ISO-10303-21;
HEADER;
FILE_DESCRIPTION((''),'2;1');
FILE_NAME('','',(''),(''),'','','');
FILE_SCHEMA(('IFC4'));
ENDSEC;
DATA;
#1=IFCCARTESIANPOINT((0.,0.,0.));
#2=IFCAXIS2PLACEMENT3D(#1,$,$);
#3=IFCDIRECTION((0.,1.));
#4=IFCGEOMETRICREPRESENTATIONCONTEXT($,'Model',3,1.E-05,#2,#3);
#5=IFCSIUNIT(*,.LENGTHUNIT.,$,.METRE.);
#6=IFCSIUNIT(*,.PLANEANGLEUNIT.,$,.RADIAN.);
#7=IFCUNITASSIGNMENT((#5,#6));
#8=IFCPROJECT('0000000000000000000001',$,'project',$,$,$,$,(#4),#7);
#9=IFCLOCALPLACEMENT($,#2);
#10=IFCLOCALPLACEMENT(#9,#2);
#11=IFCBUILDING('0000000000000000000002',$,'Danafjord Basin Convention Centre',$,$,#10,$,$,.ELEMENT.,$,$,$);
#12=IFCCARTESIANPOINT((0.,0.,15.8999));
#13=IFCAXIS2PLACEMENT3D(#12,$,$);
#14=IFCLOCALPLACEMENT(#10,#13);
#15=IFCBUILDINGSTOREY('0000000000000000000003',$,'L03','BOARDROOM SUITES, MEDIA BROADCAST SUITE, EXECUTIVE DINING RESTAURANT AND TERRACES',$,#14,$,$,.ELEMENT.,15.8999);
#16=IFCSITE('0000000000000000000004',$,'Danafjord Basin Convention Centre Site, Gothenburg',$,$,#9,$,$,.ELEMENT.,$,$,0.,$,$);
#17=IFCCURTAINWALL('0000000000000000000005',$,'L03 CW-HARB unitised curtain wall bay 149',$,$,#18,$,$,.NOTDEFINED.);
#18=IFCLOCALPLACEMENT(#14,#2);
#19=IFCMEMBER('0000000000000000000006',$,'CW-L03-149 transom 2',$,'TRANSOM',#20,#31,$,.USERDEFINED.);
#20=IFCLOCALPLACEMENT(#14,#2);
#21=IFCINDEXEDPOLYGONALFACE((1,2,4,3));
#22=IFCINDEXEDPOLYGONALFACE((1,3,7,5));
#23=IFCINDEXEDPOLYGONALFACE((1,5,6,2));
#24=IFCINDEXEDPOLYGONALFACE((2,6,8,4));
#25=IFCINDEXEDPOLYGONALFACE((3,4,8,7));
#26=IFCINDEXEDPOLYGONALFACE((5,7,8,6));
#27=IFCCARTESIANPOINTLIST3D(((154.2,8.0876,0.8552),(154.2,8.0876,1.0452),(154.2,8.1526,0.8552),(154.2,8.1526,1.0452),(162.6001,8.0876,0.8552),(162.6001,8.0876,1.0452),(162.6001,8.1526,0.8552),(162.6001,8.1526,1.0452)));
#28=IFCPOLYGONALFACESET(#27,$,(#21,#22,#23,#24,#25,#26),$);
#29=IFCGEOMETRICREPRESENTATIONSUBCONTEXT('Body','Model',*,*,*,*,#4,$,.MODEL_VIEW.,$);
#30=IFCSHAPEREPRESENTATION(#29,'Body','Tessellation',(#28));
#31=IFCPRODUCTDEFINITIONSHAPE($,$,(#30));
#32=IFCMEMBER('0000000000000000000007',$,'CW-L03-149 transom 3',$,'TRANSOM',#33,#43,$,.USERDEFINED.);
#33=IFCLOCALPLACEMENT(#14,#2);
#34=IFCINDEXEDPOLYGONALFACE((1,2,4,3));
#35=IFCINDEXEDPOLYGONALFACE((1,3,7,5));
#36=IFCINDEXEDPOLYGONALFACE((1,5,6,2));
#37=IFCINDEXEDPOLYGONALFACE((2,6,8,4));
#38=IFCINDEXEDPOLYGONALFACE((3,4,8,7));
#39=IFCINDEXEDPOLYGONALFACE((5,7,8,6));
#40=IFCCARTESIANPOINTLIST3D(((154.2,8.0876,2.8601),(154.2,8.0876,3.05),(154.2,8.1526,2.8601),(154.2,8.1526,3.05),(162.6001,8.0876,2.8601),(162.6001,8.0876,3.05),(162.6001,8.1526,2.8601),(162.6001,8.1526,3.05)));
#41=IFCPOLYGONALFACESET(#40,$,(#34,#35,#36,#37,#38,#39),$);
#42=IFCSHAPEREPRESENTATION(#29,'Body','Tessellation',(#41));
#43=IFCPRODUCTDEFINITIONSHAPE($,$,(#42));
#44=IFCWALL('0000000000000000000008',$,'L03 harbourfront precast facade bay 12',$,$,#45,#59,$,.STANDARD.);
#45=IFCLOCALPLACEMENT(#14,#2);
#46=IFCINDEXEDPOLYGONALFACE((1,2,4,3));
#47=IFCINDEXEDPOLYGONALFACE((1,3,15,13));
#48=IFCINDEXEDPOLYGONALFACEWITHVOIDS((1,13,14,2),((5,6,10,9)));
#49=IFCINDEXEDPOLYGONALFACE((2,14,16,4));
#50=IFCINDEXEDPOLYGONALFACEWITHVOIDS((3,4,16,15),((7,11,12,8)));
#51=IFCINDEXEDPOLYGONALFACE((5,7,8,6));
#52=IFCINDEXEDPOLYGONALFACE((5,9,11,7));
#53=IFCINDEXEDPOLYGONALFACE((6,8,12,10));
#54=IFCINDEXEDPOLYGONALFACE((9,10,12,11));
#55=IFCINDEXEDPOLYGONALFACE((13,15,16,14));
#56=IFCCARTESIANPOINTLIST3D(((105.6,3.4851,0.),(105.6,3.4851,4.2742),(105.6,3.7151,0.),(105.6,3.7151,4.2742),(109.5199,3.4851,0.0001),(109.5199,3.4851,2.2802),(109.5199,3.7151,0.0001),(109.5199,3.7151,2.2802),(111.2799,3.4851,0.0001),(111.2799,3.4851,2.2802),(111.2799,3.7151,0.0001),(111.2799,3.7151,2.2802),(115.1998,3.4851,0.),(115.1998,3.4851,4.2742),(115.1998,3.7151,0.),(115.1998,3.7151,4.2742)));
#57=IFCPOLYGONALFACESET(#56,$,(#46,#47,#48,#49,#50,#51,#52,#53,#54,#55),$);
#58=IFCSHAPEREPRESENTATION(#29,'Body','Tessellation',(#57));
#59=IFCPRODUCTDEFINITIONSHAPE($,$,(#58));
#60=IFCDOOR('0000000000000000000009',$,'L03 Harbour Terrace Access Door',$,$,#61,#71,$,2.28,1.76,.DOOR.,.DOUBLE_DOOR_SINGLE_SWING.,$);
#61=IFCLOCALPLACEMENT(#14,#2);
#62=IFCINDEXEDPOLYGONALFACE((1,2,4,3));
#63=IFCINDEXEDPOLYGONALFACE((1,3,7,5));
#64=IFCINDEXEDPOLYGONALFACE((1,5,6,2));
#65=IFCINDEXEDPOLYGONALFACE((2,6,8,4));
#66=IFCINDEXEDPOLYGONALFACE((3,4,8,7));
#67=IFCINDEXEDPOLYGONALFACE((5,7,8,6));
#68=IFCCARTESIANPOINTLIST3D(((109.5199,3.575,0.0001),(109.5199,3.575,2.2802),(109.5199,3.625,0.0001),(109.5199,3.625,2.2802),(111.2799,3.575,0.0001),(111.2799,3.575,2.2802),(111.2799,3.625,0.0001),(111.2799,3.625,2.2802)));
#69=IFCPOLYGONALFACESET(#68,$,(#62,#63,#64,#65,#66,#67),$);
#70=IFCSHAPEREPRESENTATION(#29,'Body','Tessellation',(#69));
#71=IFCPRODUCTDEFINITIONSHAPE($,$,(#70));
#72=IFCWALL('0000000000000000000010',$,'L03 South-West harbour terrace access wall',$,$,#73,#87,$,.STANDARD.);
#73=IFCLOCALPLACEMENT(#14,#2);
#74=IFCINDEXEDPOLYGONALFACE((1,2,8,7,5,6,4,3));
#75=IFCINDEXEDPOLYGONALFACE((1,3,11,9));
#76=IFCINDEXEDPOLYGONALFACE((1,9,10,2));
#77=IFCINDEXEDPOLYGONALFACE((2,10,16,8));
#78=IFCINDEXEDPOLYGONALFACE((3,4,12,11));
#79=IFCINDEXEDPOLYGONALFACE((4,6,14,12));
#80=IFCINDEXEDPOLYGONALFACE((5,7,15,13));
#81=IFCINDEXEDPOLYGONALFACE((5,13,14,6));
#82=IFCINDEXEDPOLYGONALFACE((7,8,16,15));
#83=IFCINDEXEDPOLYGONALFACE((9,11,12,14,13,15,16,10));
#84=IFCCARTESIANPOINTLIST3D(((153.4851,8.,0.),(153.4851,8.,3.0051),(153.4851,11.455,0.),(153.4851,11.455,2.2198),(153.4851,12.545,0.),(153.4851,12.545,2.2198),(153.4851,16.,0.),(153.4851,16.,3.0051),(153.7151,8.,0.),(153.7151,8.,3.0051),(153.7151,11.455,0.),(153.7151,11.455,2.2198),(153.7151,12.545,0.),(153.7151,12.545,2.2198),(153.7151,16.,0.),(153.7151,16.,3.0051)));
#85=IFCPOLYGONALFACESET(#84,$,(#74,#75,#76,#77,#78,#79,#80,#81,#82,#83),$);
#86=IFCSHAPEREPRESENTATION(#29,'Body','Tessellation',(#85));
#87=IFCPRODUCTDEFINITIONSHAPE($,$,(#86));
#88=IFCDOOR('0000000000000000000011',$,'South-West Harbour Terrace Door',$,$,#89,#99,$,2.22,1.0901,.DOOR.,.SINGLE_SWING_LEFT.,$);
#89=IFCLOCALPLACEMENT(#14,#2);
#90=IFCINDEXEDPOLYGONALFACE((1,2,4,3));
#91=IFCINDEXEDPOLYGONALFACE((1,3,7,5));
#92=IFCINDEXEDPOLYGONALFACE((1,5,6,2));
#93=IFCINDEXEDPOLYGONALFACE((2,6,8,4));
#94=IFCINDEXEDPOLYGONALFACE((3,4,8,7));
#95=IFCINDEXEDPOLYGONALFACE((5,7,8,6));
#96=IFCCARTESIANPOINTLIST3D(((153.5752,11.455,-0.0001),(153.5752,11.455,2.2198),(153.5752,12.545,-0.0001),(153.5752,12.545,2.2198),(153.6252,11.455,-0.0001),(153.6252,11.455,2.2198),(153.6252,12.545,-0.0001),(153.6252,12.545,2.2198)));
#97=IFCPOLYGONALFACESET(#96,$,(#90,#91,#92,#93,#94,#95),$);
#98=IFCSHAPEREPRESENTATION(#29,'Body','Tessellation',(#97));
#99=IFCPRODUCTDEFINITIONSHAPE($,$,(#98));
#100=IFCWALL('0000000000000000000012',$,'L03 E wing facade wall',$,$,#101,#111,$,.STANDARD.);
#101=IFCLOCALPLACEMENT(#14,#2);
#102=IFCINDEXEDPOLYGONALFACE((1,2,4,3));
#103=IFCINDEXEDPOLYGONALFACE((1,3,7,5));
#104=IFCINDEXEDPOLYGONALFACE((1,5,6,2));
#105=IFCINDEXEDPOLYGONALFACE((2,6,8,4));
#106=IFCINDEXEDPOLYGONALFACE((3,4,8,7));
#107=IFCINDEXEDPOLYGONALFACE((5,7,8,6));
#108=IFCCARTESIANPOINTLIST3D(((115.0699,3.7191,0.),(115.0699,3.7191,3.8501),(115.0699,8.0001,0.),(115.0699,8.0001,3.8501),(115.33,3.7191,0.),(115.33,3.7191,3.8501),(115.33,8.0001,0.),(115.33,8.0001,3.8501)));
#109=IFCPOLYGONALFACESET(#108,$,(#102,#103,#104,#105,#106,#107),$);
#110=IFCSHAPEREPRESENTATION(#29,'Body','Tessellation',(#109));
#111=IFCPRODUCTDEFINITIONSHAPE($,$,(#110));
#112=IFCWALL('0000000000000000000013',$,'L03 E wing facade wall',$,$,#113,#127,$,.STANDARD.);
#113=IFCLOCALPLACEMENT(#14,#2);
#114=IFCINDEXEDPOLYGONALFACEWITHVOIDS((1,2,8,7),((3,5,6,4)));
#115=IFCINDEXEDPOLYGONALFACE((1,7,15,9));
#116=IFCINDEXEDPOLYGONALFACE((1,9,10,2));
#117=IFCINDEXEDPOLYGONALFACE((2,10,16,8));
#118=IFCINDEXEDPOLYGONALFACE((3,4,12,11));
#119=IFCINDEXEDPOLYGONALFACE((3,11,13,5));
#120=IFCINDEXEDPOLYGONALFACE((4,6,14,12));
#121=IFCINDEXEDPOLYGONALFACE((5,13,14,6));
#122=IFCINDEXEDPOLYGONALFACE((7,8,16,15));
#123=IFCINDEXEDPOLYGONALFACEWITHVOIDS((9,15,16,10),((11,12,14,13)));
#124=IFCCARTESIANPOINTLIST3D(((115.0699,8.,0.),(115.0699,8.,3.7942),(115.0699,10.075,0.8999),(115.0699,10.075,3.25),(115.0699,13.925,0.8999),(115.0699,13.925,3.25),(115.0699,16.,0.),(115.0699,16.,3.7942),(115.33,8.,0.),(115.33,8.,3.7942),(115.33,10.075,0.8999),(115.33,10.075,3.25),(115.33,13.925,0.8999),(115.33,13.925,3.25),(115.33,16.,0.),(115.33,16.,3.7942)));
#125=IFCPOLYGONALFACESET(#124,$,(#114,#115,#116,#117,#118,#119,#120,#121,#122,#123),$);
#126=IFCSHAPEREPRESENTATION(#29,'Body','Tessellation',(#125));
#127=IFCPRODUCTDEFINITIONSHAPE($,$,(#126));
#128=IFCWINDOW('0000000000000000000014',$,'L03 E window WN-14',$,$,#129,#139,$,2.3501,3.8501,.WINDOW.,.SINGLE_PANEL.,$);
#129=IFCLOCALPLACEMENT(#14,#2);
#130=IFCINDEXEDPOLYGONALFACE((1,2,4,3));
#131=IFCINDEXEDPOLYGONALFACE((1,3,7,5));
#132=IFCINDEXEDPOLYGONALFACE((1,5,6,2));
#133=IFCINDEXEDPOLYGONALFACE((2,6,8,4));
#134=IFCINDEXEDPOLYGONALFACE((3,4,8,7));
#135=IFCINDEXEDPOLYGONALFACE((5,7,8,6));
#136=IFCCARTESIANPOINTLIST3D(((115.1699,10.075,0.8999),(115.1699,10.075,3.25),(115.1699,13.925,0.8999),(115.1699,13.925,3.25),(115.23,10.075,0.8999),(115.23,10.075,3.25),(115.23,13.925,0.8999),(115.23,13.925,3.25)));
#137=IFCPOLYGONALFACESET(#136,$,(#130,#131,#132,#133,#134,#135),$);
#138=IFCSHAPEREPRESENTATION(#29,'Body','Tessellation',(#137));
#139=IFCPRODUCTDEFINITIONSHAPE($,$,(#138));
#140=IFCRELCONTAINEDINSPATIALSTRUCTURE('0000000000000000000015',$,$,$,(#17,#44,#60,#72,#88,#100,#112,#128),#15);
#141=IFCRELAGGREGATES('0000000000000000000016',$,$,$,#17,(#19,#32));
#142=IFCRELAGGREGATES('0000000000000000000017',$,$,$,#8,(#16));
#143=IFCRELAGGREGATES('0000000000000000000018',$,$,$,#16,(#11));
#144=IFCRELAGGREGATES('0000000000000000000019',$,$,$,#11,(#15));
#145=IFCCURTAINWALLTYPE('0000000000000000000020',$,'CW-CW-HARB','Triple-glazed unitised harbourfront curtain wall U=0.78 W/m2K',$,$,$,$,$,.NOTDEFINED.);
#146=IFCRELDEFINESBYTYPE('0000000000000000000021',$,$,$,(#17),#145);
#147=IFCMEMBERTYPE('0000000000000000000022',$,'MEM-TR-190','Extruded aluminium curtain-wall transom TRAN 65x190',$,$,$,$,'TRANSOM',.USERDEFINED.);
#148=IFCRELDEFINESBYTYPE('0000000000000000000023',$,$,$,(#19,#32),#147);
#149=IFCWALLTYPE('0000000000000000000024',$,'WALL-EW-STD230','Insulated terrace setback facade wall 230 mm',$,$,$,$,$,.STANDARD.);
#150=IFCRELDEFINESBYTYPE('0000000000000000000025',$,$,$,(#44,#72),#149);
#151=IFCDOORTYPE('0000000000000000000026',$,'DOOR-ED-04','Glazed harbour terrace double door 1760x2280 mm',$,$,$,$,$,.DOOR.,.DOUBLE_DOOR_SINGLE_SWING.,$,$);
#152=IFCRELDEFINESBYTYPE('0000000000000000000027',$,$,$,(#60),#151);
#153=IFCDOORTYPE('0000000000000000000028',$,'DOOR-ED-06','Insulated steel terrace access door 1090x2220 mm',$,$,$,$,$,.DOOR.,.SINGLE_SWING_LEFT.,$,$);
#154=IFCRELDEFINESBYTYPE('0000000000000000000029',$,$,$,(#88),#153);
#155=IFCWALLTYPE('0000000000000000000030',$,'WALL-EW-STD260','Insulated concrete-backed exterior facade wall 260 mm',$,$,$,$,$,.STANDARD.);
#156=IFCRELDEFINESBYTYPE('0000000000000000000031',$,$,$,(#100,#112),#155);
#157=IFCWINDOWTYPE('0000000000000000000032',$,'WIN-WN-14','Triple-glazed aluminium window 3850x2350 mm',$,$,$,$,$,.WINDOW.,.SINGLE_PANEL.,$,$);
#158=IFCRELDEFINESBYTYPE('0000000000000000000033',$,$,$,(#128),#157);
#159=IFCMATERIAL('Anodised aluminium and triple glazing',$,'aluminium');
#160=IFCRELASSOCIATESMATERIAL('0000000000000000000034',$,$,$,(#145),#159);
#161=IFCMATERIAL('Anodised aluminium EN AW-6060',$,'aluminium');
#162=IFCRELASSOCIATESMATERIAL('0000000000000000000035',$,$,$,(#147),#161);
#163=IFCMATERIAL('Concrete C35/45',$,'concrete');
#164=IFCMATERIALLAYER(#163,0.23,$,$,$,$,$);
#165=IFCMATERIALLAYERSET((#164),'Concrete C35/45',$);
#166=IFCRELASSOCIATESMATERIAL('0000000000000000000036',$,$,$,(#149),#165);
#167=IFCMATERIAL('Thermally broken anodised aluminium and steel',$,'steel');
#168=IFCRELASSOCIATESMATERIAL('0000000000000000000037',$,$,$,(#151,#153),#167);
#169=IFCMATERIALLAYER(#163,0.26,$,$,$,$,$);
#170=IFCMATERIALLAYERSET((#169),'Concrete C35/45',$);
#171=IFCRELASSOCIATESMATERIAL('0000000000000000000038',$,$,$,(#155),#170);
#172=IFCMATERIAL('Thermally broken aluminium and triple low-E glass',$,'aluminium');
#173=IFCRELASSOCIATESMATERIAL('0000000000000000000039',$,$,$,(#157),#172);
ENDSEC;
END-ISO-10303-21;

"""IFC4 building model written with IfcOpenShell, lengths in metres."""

from ifc_helpers import new_model, si_unit, direction, frame, frame_2d, origin, origin_2d, place, context, subcontext, project, spatial, rectangle, extrude, material, layer, layer_set, material_profile, profile_set, type_object, element, fill, aggregate, save


model = new_model("IFC4")

# Units and contexts
model_context = context("Model", 3, precision=1e-05, world=origin(), true_north=direction((0.0, 1.0)))
body_context = subcontext(model_context, "Body", "Model", "MODEL_VIEW")
ifc_project = project(units=[si_unit("LENGTHUNIT", "METRE"), si_unit("PLANEANGLEUNIT", "RADIAN")], contexts=[model_context])

# Site, building, storey
site_placement = place(None, origin())
site = spatial("IfcSite", under=ifc_project, at=site_placement, Name="Danafjord Basin Convention Centre Site, Gothenburg", CompositionType="ELEMENT", RefElevation=0.0)
building_placement = place(site_placement, origin())
building = spatial("IfcBuilding", under=site, at=building_placement, Name="Danafjord Basin Convention Centre", CompositionType="ELEMENT")
storey_placement = place(building_placement, frame((0.0, 0.0, 15.8999)))
storey = spatial("IfcBuildingStorey", under=building, at=storey_placement, Name="L03", Description="BOARDROOM SUITES, MEDIA BROADCAST SUITE, EXECUTIVE DINING RESTAURANT AND TERRACES", CompositionType="ELEMENT", Elevation=15.8999)

# Curtain wall, members
ifc_material_1 = material(Name="Anodised aluminium and triple glazing", Category="aluminium")
curtain_wall_type = type_object("IfcCurtainWallType", Name="CW-CW-HARB", Description="Triple-glazed unitised harbourfront curtain wall U=0.78 W/m2K", PredefinedType="NOTDEFINED", material=ifc_material_1)
curtain_wall_placement = place(storey_placement, origin())
curtain_wall = element("IfcCurtainWall", 1, at=curtain_wall_placement, inside=storey, type_object=curtain_wall_type, Name="L03 CW-HARB unitised curtain wall bay 149", PredefinedType="NOTDEFINED")
ifc_material_2 = material(Name="Anodised aluminium EN AW-6060", Category="aluminium")
ifc_material_profile_1 = material_profile(ifc_material_2, rectangle(XDim=0.0649, YDim=0.1899, at=origin_2d()), Name="TRAN 65x190")
ifc_profile_set_1 = profile_set([ifc_material_profile_1], Name="Anodised aluminium EN AW-6060")
member_type_1 = type_object("IfcMemberType", Name="MEM-TR-190", Description="Extruded aluminium curtain-wall transom TRAN 65x190", ElementType="TRANSOM", PredefinedType="USERDEFINED", material=ifc_profile_set_1)
member_1_placement = place(storey_placement, frame((154.2, 8.1201, 0.9502), z_axis=(1.0, 0.0, 0.0), x_axis=(0.0, 1.0, 0.0)))
member_1 = element("IfcMember", 2, at=member_1_placement, type_object=member_type_1, Name="CW-L03-149 transom 2", ObjectType="TRANSOM", PredefinedType="USERDEFINED", context=body_context, shape_type="SweptSolid", body=[
    extrude(rectangle(XDim=0.0649, YDim=0.1899, at=origin_2d()), origin(), (0.0, 0.0, 1.0), 8.4001),
])
member_2_placement = place(storey_placement, frame((154.2, 8.1201, 2.9551), z_axis=(1.0, 0.0, 0.0), x_axis=(0.0, 1.0, 0.0)))
member_2 = element("IfcMember", 3, at=member_2_placement, type_object=member_type_1, Name="CW-L03-149 transom 3", ObjectType="TRANSOM", PredefinedType="USERDEFINED", context=body_context, shape_type="SweptSolid", body=[
    extrude(rectangle(XDim=0.0649, YDim=0.1899, at=origin_2d()), origin(), (0.0, 0.0, 1.0), 8.4001),
])
aggregate(curtain_wall, [member_1, member_2])

# Walls, openings, doors
ifc_material_3 = material(Name="Concrete C35/45", Category="concrete")
ifc_layer_1 = layer(ifc_material_3, 0.23)
ifc_layer_set_1 = layer_set([ifc_layer_1], Name="Concrete C35/45")
wall_type_1 = type_object("IfcWallType", Name="WALL-EW-STD230", Description="Insulated terrace setback facade wall 230 mm", PredefinedType="STANDARD", material=ifc_layer_set_1)
wall_1_placement = place(storey_placement, frame((105.6001, 3.6001, 0.0), z_axis=(0.0, 0.0, 1.0), x_axis=(1.0, 0.0, 0.0)))
wall_1 = element("IfcWall", 4, at=wall_1_placement, inside=storey, type_object=wall_type_1, Name="L03 harbourfront precast facade bay 12", PredefinedType="STANDARD", context=body_context, shape_type="SweptSolid", body=[
    extrude(rectangle(XDim=9.5999, YDim=0.23, at=frame_2d((4.7998, 0.0))), origin(), (0.0, 0.0, 1.0), 4.2742),
])
opening_1_placement = place(wall_1_placement, frame((3.9199, 0.0, 0.0)))
opening_1 = element("IfcOpeningElement", 5, at=opening_1_placement, cuts=wall_1, PredefinedType="OPENING", context=body_context, shape_type="SweptSolid", body=[
    extrude(rectangle(XDim=1.76, YDim=2.28, at=frame_2d((0.8799, 1.1401))), frame((0.0, 0.125, 0.0), z_axis=(0.0, -1.0, 0.0), x_axis=(1.0, 0.0, 0.0)), (0.0, 0.0, 1.0), 0.25),
])
ifc_material_4 = material(Name="Thermally broken anodised aluminium and steel", Category="steel")
door_type_1 = type_object("IfcDoorType", Name="DOOR-ED-04", Description="Glazed harbour terrace double door 1760x2280 mm", OperationType="DOUBLE_DOOR_SINGLE_SWING", PredefinedType="DOOR", material=ifc_material_4)
door_1_placement = place(opening_1_placement, origin())
door_1 = element("IfcDoor", 6, at=door_1_placement, inside=storey, type_object=door_type_1, Name="L03 Harbour Terrace Access Door", OperationType="DOUBLE_DOOR_SINGLE_SWING", OverallHeight=2.28, OverallWidth=1.76, PredefinedType="DOOR", context=body_context, shape_type="SweptSolid", body=[
    extrude(rectangle(XDim=1.76, YDim=2.28, at=frame_2d((0.8799, 1.1401))), frame((0.0, 0.0249, 0.0), z_axis=(0.0, -1.0, 0.0), x_axis=(1.0, 0.0, 0.0)), (0.0, 0.0, 1.0), 0.05),
])
fill(opening_1, door_1)
wall_2_placement = place(storey_placement, frame((153.6001, 8.0, 0.0), z_axis=(0.0, 0.0, 1.0), x_axis=(0.0, 1.0, 0.0)))
wall_2 = element("IfcWall", 7, at=wall_2_placement, inside=storey, type_object=wall_type_1, Name="L03 South-West harbour terrace access wall", PredefinedType="STANDARD", context=body_context, shape_type="SweptSolid", body=[
    extrude(rectangle(XDim=8.0, YDim=0.23, at=frame_2d((4.0, 0.0))), origin(), (0.0, 0.0, 1.0), 3.0051),
])
opening_2_placement = place(wall_2_placement, frame((3.4551, 0.0, 0.0)))
opening_2 = element("IfcOpeningElement", 8, at=opening_2_placement, cuts=wall_2, PredefinedType="OPENING", context=body_context, shape_type="SweptSolid", body=[
    extrude(rectangle(XDim=1.0901, YDim=2.22, at=frame_2d((0.5449, 1.1099))), frame((0.0, 0.125, 0.0), z_axis=(0.0, -1.0, 0.0), x_axis=(1.0, 0.0, 0.0)), (0.0, 0.0, 1.0), 0.25),
])
door_type_2 = type_object("IfcDoorType", Name="DOOR-ED-06", Description="Insulated steel terrace access door 1090x2220 mm", OperationType="SINGLE_SWING_LEFT", PredefinedType="DOOR", material=ifc_material_4)
door_2_placement = place(opening_2_placement, origin())
door_2 = element("IfcDoor", 9, at=door_2_placement, inside=storey, type_object=door_type_2, Name="South-West Harbour Terrace Door", OperationType="SINGLE_SWING_LEFT", OverallHeight=2.22, OverallWidth=1.0901, PredefinedType="DOOR", context=body_context, shape_type="SweptSolid", body=[
    extrude(rectangle(XDim=1.0901, YDim=2.22, at=frame_2d((0.5449, 1.1099))), frame((0.0, 0.0249, 0.0), z_axis=(0.0, -1.0, 0.0), x_axis=(1.0, 0.0, 0.0)), (0.0, 0.0, 1.0), 0.05),
])
fill(opening_2, door_2)

# Wall
ifc_layer_2 = layer(ifc_material_3, 0.26)
ifc_layer_set_2 = layer_set([ifc_layer_2], Name="Concrete C35/45")
wall_type_2 = type_object("IfcWallType", Name="WALL-EW-STD260", Description="Insulated concrete-backed exterior facade wall 260 mm", PredefinedType="STANDARD", material=ifc_layer_set_2)
wall_3_placement = place(storey_placement, frame((115.2, 3.719, 0.0), z_axis=(0.0, 0.0, 1.0), x_axis=(0.0, 1.0, 0.0)))
element("IfcWall", 10, at=wall_3_placement, inside=storey, type_object=wall_type_2, Name="L03 E wing facade wall", PredefinedType="STANDARD", context=body_context, shape_type="SweptSolid", body=[
    extrude(rectangle(XDim=4.281, YDim=0.26, at=frame_2d((2.1406, 0.0))), origin(), (0.0, 0.0, 1.0), 3.8501),
])

# Wall, opening, window
wall_4_placement = place(storey_placement, frame((115.2, 8.0, 0.0), z_axis=(0.0, 0.0, 1.0), x_axis=(0.0, 1.0, 0.0)))
wall_4 = element("IfcWall", 11, at=wall_4_placement, inside=storey, type_object=wall_type_2, Name="L03 E wing facade wall", PredefinedType="STANDARD", context=body_context, shape_type="SweptSolid", body=[
    extrude(rectangle(XDim=8.0, YDim=0.26, at=frame_2d((4.0, 0.0))), origin(), (0.0, 0.0, 1.0), 3.7942),
])
opening_3_placement = place(wall_4_placement, frame((2.075, 0.0, 0.8999)))
opening_3 = element("IfcOpeningElement", 12, at=opening_3_placement, cuts=wall_4, PredefinedType="OPENING", context=body_context, shape_type="SweptSolid", body=[
    extrude(rectangle(XDim=3.8501, YDim=2.3501, at=frame_2d((1.925, 1.175))), frame((0.0, 0.1399, 0.0), z_axis=(0.0, -1.0, 0.0), x_axis=(1.0, 0.0, 0.0)), (0.0, 0.0, 1.0), 0.28),
])
ifc_material_5 = material(Name="Thermally broken aluminium and triple low-E glass", Category="aluminium")
window_type = type_object("IfcWindowType", Name="WIN-WN-14", Description="Triple-glazed aluminium window 3850x2350 mm", PartitioningType="SINGLE_PANEL", PredefinedType="WINDOW", material=ifc_material_5)
window_placement = place(opening_3_placement, origin())
window = element("IfcWindow", 13, at=window_placement, inside=storey, type_object=window_type, Name="L03 E window WN-14", OverallHeight=2.3501, OverallWidth=3.8501, PartitioningType="SINGLE_PANEL", PredefinedType="WINDOW", context=body_context, shape_type="SweptSolid", body=[
    extrude(rectangle(XDim=3.8501, YDim=2.3501, at=frame_2d((1.925, 1.175))), frame((0.0, 0.03, 0.0), z_axis=(0.0, -1.0, 0.0), x_axis=(1.0, 0.0, 0.0)), (0.0, 0.0, 1.0), 0.0601),
])
fill(opening_3, window)

save(model, "model.ifc")
